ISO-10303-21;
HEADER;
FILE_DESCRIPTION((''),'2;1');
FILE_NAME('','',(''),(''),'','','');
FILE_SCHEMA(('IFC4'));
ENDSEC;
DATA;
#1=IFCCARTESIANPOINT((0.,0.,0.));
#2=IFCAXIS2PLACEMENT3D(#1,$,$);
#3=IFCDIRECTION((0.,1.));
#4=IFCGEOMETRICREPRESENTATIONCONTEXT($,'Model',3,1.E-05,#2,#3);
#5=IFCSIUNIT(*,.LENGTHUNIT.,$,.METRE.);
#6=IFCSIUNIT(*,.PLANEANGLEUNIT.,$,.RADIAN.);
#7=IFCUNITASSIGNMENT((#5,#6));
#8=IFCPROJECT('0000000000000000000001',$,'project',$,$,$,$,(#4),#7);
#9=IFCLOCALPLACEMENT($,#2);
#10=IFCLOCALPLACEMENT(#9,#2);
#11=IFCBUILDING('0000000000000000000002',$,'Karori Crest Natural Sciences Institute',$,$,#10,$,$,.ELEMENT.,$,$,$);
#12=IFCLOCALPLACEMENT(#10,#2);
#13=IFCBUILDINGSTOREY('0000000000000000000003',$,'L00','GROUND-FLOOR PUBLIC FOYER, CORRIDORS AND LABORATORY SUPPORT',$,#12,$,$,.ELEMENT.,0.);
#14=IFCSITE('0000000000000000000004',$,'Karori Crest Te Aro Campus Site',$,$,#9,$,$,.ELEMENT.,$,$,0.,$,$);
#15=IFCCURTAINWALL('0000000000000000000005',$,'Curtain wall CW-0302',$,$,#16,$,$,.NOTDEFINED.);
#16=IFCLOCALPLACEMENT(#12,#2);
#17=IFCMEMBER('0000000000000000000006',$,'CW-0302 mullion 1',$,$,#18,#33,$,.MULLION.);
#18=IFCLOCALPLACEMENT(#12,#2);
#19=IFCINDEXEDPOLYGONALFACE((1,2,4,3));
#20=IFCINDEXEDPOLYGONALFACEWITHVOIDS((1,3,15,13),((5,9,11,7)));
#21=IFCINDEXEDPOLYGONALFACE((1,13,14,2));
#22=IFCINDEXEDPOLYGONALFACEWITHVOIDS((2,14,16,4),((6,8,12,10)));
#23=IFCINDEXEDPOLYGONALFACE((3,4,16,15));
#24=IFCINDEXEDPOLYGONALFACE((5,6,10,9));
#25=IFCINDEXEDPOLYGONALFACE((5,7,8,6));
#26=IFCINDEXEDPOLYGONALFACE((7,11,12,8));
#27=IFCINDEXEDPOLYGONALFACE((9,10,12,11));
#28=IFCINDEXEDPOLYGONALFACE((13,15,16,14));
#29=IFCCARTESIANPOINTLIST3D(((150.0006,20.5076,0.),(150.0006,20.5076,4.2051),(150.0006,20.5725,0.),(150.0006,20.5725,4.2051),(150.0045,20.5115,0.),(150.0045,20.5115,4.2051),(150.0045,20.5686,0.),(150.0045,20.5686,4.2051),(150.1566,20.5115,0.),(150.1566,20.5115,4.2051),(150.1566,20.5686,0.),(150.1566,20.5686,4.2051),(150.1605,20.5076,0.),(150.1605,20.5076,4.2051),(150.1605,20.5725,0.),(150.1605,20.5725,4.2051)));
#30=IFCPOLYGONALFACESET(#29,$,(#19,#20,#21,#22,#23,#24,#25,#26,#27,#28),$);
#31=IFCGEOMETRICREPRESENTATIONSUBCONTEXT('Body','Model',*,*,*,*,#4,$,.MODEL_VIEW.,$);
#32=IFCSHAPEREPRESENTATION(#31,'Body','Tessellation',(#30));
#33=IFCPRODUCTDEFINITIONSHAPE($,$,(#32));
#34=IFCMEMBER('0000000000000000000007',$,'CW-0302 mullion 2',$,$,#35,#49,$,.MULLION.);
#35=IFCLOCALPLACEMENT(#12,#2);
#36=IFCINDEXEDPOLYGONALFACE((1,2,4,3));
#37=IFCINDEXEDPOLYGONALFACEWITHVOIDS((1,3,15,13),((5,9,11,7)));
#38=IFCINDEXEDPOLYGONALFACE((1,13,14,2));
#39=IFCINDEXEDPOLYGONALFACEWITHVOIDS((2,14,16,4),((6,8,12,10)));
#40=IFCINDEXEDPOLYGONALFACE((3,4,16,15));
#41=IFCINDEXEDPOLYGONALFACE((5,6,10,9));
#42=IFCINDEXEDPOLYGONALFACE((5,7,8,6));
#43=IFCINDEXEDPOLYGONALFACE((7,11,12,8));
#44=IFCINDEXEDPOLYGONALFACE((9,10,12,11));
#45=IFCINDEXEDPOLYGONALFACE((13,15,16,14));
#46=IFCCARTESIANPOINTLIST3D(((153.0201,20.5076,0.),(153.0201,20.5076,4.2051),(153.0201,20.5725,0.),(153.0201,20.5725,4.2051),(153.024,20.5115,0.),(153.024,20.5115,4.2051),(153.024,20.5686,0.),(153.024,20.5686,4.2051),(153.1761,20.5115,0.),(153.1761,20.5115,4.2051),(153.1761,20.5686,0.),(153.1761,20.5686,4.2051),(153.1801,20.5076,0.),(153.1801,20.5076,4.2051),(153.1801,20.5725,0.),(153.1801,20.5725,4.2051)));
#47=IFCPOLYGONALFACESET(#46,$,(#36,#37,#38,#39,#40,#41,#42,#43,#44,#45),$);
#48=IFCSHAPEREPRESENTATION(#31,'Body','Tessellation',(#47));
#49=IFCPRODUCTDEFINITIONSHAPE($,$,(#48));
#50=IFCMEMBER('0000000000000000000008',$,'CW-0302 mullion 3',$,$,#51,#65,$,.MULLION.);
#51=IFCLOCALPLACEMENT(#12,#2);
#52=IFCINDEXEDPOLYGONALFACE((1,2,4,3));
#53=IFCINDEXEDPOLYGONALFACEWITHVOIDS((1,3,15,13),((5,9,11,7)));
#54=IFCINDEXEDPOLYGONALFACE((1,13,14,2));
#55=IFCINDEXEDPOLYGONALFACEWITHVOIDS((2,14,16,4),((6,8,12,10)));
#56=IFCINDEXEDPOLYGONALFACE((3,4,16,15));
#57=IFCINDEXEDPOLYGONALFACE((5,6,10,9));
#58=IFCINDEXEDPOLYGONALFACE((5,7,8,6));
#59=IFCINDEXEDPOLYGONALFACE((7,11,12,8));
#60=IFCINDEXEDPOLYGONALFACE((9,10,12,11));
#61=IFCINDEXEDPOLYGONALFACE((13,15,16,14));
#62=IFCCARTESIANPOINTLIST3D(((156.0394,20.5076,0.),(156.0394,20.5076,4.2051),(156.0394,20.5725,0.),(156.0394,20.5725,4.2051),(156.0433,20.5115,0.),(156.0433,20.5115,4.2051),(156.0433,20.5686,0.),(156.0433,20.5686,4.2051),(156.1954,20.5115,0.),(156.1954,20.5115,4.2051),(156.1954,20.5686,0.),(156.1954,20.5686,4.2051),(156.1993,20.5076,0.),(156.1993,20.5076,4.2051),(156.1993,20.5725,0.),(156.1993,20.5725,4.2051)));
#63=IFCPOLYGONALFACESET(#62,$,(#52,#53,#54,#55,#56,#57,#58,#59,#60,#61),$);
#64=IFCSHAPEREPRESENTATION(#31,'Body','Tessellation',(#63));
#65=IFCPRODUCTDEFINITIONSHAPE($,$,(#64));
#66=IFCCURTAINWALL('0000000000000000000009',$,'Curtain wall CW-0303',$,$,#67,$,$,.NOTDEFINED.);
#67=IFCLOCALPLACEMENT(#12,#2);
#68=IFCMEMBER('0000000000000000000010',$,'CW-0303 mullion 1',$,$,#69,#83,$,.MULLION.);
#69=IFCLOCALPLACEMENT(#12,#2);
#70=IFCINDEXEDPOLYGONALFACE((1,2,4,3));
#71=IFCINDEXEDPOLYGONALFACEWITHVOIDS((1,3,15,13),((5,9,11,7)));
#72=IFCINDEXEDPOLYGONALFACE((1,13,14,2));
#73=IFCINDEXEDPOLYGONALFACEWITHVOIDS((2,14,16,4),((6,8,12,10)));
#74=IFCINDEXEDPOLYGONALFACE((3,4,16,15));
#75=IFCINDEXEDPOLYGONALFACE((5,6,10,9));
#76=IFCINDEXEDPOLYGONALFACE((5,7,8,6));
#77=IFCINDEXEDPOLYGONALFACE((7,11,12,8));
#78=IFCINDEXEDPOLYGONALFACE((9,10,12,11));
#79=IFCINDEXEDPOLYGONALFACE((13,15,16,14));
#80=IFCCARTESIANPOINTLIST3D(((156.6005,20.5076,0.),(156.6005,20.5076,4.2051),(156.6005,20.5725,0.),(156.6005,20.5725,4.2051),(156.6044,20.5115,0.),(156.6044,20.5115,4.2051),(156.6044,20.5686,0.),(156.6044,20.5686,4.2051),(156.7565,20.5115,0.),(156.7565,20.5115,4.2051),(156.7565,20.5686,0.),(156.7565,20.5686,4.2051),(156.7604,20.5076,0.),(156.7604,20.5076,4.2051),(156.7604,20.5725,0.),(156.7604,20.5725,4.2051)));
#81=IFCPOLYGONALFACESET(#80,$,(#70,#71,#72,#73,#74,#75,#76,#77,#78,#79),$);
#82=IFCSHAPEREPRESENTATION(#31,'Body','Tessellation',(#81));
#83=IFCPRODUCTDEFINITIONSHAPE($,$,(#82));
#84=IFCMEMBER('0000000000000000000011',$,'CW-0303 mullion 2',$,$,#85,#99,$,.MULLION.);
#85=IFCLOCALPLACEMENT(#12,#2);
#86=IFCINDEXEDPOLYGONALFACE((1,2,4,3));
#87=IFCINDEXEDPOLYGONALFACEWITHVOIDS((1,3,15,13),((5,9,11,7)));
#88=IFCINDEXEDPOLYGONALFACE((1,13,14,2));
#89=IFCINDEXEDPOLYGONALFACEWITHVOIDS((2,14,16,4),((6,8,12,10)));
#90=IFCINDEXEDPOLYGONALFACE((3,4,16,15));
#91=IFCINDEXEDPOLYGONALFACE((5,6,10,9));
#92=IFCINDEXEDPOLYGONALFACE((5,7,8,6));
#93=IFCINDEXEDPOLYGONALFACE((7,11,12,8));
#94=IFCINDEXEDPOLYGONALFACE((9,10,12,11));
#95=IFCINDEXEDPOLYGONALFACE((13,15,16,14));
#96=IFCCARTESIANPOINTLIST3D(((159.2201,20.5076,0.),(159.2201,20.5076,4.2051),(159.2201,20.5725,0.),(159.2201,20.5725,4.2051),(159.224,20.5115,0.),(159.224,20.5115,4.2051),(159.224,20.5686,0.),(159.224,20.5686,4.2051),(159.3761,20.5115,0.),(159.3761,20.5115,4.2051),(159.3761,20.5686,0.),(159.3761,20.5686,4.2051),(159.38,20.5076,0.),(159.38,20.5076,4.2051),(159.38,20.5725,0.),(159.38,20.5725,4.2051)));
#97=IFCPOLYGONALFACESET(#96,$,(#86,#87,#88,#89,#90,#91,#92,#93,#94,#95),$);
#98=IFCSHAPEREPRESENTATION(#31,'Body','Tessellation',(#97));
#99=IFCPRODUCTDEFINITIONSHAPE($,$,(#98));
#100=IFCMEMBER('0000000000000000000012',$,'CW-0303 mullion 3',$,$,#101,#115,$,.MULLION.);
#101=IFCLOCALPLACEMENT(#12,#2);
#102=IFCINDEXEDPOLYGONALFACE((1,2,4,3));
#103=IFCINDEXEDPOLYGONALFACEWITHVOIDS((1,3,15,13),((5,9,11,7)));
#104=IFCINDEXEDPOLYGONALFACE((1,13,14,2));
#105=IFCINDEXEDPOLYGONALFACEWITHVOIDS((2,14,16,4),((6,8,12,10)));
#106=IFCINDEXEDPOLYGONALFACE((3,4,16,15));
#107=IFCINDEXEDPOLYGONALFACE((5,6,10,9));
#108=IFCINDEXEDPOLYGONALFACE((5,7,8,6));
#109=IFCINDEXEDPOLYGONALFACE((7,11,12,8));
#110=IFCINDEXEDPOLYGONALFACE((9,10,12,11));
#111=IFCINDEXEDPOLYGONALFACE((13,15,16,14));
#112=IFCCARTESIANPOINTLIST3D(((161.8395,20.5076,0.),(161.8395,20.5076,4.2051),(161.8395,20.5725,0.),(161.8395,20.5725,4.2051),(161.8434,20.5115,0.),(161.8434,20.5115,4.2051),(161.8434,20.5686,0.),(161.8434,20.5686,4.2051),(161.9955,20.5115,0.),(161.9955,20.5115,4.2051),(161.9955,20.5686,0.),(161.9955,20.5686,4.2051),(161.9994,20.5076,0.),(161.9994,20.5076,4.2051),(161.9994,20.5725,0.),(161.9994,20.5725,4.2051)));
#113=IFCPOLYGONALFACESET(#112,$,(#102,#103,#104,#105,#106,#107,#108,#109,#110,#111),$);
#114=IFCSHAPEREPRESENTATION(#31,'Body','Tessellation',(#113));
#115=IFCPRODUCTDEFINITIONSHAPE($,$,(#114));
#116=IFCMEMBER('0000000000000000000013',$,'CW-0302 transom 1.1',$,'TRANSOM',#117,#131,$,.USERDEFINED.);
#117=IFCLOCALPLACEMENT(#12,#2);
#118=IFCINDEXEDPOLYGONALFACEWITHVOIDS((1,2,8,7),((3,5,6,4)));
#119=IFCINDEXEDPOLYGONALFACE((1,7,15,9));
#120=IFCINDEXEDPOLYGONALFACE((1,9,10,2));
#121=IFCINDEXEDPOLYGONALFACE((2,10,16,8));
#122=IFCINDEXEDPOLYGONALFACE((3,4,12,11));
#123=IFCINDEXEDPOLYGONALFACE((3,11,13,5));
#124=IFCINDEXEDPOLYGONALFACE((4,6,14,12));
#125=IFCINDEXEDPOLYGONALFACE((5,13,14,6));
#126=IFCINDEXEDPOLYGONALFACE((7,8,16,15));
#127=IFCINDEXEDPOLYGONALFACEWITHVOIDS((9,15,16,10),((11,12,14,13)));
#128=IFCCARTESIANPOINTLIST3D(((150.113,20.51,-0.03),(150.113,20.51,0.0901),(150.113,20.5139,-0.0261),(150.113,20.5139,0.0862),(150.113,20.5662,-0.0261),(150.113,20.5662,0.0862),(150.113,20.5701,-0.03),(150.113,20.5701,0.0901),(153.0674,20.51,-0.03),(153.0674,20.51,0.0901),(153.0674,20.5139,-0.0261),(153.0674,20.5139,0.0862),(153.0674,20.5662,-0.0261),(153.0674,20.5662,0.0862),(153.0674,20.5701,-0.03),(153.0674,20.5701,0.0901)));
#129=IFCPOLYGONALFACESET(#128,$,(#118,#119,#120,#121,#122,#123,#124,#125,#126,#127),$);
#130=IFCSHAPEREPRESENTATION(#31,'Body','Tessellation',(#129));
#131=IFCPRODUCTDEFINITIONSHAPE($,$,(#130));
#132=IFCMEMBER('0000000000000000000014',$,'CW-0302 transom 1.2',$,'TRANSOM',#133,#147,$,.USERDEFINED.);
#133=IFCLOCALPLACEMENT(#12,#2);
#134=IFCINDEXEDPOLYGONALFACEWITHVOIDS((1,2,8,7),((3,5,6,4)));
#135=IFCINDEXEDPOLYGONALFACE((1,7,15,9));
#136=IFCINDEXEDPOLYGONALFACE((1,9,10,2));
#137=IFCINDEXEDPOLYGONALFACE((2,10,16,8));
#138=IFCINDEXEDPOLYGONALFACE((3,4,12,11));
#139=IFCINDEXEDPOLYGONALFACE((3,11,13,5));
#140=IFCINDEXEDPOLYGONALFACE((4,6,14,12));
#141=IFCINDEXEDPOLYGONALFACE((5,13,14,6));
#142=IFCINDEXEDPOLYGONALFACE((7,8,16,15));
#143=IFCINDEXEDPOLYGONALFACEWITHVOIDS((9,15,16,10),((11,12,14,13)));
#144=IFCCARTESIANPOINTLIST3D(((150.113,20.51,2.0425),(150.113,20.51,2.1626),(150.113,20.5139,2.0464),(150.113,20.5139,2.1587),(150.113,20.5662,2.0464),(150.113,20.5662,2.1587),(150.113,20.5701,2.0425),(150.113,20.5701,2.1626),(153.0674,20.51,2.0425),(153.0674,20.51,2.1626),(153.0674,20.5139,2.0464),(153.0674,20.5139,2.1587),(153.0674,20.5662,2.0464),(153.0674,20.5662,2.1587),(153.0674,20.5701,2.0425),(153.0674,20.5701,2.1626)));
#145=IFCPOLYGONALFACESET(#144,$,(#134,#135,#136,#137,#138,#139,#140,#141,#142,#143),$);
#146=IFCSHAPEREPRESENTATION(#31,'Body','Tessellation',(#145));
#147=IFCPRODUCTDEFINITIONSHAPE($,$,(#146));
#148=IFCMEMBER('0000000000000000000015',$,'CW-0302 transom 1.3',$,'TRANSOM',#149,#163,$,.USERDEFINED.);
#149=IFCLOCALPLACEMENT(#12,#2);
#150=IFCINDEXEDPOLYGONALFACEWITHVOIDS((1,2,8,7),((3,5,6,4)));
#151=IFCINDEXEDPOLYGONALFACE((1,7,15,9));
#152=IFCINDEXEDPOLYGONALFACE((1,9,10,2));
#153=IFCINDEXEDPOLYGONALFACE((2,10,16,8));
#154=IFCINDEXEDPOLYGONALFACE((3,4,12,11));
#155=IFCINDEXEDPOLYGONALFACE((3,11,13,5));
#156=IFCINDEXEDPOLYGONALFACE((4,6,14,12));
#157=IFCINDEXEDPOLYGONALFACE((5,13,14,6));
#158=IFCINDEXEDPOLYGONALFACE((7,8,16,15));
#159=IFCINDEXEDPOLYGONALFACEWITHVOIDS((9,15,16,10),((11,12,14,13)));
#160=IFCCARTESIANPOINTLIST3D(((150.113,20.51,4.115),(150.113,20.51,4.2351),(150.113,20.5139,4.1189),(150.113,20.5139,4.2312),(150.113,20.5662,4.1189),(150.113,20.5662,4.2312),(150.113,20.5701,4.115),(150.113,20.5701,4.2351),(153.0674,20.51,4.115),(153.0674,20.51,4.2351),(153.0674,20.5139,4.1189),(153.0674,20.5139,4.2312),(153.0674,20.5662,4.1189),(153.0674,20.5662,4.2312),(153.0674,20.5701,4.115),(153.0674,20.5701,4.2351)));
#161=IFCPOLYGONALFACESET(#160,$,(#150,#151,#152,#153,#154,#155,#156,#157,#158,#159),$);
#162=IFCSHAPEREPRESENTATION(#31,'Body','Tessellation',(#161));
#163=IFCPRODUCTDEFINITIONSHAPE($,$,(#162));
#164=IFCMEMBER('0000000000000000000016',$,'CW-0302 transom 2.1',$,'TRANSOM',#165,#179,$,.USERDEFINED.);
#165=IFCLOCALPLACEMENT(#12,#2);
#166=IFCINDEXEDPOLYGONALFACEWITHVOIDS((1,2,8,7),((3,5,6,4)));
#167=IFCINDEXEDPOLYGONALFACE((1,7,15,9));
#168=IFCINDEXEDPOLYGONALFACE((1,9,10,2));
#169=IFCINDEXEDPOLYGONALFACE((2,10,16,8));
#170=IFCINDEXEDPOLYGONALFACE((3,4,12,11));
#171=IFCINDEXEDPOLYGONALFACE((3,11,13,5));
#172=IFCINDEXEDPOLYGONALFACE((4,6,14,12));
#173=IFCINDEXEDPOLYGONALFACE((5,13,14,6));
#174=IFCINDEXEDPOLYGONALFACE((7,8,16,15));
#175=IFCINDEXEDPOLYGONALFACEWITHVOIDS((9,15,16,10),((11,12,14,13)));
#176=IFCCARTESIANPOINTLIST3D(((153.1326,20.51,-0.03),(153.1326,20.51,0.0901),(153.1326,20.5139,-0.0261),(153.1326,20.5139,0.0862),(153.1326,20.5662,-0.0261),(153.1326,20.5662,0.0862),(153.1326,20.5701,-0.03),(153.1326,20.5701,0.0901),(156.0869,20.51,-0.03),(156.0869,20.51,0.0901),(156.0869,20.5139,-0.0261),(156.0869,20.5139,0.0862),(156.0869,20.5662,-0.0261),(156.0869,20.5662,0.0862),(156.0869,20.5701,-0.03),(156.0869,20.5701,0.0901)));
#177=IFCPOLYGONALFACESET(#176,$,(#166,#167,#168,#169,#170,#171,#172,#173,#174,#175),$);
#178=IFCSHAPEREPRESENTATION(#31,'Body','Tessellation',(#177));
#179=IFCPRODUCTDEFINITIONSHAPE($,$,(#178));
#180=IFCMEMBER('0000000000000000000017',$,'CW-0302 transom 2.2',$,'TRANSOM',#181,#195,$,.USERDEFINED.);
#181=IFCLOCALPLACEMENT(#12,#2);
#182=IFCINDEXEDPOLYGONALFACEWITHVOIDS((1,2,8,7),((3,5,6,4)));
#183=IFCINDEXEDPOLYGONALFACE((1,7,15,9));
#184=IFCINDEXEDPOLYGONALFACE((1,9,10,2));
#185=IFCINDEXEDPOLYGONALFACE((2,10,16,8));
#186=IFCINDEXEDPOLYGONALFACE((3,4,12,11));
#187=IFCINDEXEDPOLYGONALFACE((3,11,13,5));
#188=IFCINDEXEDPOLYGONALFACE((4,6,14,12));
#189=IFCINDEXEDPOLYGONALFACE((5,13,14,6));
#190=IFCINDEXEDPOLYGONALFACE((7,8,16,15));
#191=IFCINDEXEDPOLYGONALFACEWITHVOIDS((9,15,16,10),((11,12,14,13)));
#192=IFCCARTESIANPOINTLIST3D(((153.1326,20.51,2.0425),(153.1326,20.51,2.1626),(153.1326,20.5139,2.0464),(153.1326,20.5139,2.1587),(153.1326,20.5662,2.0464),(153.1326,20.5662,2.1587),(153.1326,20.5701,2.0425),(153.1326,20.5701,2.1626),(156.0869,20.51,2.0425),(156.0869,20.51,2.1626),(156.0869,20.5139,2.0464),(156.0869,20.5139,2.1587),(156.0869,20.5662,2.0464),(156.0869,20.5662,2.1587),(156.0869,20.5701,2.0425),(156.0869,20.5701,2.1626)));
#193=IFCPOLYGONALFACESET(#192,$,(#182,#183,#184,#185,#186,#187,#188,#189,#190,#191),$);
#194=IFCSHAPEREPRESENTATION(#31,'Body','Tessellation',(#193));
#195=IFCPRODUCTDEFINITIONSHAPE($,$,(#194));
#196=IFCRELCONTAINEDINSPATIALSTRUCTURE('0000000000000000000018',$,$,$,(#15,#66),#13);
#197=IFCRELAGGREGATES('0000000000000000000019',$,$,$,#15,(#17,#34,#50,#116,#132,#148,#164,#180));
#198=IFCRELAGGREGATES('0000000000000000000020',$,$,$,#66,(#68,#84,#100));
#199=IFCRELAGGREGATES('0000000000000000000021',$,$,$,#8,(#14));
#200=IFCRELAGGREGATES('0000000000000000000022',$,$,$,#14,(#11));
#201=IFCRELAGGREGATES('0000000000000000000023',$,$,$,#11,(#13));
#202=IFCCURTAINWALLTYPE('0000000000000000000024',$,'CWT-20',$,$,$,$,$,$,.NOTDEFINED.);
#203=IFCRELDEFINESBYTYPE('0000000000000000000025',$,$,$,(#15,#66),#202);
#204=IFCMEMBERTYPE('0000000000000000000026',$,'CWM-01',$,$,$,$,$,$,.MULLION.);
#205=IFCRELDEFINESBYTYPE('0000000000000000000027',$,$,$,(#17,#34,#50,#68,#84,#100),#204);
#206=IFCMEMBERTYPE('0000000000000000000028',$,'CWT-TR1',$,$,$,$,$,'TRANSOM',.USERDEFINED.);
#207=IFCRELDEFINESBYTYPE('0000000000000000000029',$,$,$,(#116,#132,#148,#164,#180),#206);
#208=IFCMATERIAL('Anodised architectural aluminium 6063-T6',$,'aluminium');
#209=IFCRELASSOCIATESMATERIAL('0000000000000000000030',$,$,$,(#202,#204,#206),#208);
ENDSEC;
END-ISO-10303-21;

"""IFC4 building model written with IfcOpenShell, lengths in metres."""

from ifc_helpers import new_model, si_unit, direction, frame, origin, origin_2d, place, context, subcontext, project, spatial, hollow_rectangle, extrude, material, material_profile, profile_set, type_object, element, aggregate, save


model = new_model("IFC4")

# Units and contexts
model_context = context("Model", 3, precision=1e-05, world=origin(), true_north=direction((0.0, 1.0)))
body_context = subcontext(model_context, "Body", "Model", "MODEL_VIEW")
ifc_project = project(units=[si_unit("LENGTHUNIT", "METRE"), si_unit("PLANEANGLEUNIT", "RADIAN")], contexts=[model_context])

# Site, building, storey
site_placement = place(None, origin())
site = spatial("IfcSite", under=ifc_project, at=site_placement, Name="Karori Crest Te Aro Campus Site", CompositionType="ELEMENT", RefElevation=0.0)
building_placement = place(site_placement, origin())
building = spatial("IfcBuilding", under=site, at=building_placement, Name="Karori Crest Natural Sciences Institute", CompositionType="ELEMENT")
storey_placement = place(building_placement, origin())
storey = spatial("IfcBuildingStorey", under=building, at=storey_placement, Name="L00", Description="GROUND-FLOOR PUBLIC FOYER, CORRIDORS AND LABORATORY SUPPORT", CompositionType="ELEMENT", Elevation=0.0)

# Shared definitions
ifc_material_1 = material(Name="Anodised architectural aluminium 6063-T6", Category="aluminium")
curtain_wall_type = type_object("IfcCurtainWallType", Name="CWT-20", PredefinedType="NOTDEFINED", material=ifc_material_1)
ifc_material_profile_1 = material_profile(ifc_material_1, hollow_rectangle(XDim=0.0649, YDim=0.1599, WallThickness=0.0039, at=origin_2d()), Name="CWM160x65x4")
ifc_profile_set_1 = profile_set([ifc_material_profile_1], Name="Anodised architectural aluminium 6063-T6")
member_type_1 = type_object("IfcMemberType", Name="CWM-01", PredefinedType="MULLION", material=ifc_profile_set_1)

# Curtain walls, members
curtain_wall_1_placement = place(storey_placement, origin())
curtain_wall_1 = element("IfcCurtainWall", 1, at=curtain_wall_1_placement, inside=storey, type_object=curtain_wall_type, Name="Curtain wall CW-0302", PredefinedType="NOTDEFINED")
member_1_placement = place(storey_placement, frame((150.0806, 20.54, 0.0), z_axis=(0.0, 0.0, 1.0), x_axis=(0.0, 1.0, 0.0)))
member_1 = element("IfcMember", 2, at=member_1_placement, type_object=member_type_1, Name="CW-0302 mullion 1", PredefinedType="MULLION", context=body_context, shape_type="SweptSolid", body=[
    extrude(hollow_rectangle(XDim=0.0649, YDim=0.1599, WallThickness=0.0039, at=origin_2d()), origin(), (0.0, 0.0, 1.0), 4.2051),
])
member_2_placement = place(storey_placement, frame((153.1001, 20.54, 0.0), z_axis=(0.0, 0.0, 1.0), x_axis=(0.0, 1.0, 0.0)))
member_2 = element("IfcMember", 3, at=member_2_placement, type_object=member_type_1, Name="CW-0302 mullion 2", PredefinedType="MULLION", context=body_context, shape_type="SweptSolid", body=[
    extrude(hollow_rectangle(XDim=0.0649, YDim=0.1599, WallThickness=0.0039, at=origin_2d()), origin(), (0.0, 0.0, 1.0), 4.2051),
])
member_3_placement = place(storey_placement, frame((156.1194, 20.54, 0.0), z_axis=(0.0, 0.0, 1.0), x_axis=(0.0, 1.0, 0.0)))
member_3 = element("IfcMember", 4, at=member_3_placement, type_object=member_type_1, Name="CW-0302 mullion 3", PredefinedType="MULLION", context=body_context, shape_type="SweptSolid", body=[
    extrude(hollow_rectangle(XDim=0.0649, YDim=0.1599, WallThickness=0.0039, at=origin_2d()), origin(), (0.0, 0.0, 1.0), 4.2051),
])
curtain_wall_2_placement = place(storey_placement, origin())
curtain_wall_2 = element("IfcCurtainWall", 5, at=curtain_wall_2_placement, inside=storey, type_object=curtain_wall_type, Name="Curtain wall CW-0303", PredefinedType="NOTDEFINED")
member_4_placement = place(storey_placement, frame((156.6804, 20.54, 0.0), z_axis=(0.0, 0.0, 1.0), x_axis=(0.0, 1.0, 0.0)))
member_4 = element("IfcMember", 6, at=member_4_placement, type_object=member_type_1, Name="CW-0303 mullion 1", PredefinedType="MULLION", context=body_context, shape_type="SweptSolid", body=[
    extrude(hollow_rectangle(XDim=0.0649, YDim=0.1599, WallThickness=0.0039, at=origin_2d()), origin(), (0.0, 0.0, 1.0), 4.2051),
])
member_5_placement = place(storey_placement, frame((159.3, 20.54, 0.0), z_axis=(0.0, 0.0, 1.0), x_axis=(0.0, 1.0, 0.0)))
member_5 = element("IfcMember", 7, at=member_5_placement, type_object=member_type_1, Name="CW-0303 mullion 2", PredefinedType="MULLION", context=body_context, shape_type="SweptSolid", body=[
    extrude(hollow_rectangle(XDim=0.0649, YDim=0.1599, WallThickness=0.0039, at=origin_2d()), origin(), (0.0, 0.0, 1.0), 4.2051),
])
member_6_placement = place(storey_placement, frame((161.9194, 20.54, 0.0), z_axis=(0.0, 0.0, 1.0), x_axis=(0.0, 1.0, 0.0)))
member_6 = element("IfcMember", 8, at=member_6_placement, type_object=member_type_1, Name="CW-0303 mullion 3", PredefinedType="MULLION", context=body_context, shape_type="SweptSolid", body=[
    extrude(hollow_rectangle(XDim=0.0649, YDim=0.1599, WallThickness=0.0039, at=origin_2d()), origin(), (0.0, 0.0, 1.0), 4.2051),
])

# Members
ifc_material_profile_2 = material_profile(ifc_material_1, hollow_rectangle(XDim=0.0601, YDim=0.1201, WallThickness=0.0039, at=origin_2d()), Name="CWT120x60x4")
ifc_profile_set_2 = profile_set([ifc_material_profile_2], Name="Anodised architectural aluminium 6063-T6")
member_type_2 = type_object("IfcMemberType", Name="CWT-TR1", ElementType="TRANSOM", PredefinedType="USERDEFINED", material=ifc_profile_set_2)
member_7_placement = place(storey_placement, frame((150.113, 20.54, 0.03), z_axis=(1.0, 0.0, 0.0), x_axis=(0.0, 1.0, 0.0)))
member_7 = element("IfcMember", 9, at=member_7_placement, type_object=member_type_2, Name="CW-0302 transom 1.1", ObjectType="TRANSOM", PredefinedType="USERDEFINED", context=body_context, shape_type="SweptSolid", body=[
    extrude(hollow_rectangle(XDim=0.0601, YDim=0.1201, WallThickness=0.0039, at=origin_2d()), origin(), (0.0, 0.0, 1.0), 2.9543),
])
member_8_placement = place(storey_placement, frame((150.113, 20.54, 2.1025), z_axis=(1.0, 0.0, 0.0), x_axis=(0.0, 1.0, 0.0)))
member_8 = element("IfcMember", 10, at=member_8_placement, type_object=member_type_2, Name="CW-0302 transom 1.2", ObjectType="TRANSOM", PredefinedType="USERDEFINED", context=body_context, shape_type="SweptSolid", body=[
    extrude(hollow_rectangle(XDim=0.0601, YDim=0.1201, WallThickness=0.0039, at=origin_2d()), origin(), (0.0, 0.0, 1.0), 2.9543),
])
member_9_placement = place(storey_placement, frame((150.113, 20.54, 4.175), z_axis=(1.0, 0.0, 0.0), x_axis=(0.0, 1.0, 0.0)))
member_9 = element("IfcMember", 11, at=member_9_placement, type_object=member_type_2, Name="CW-0302 transom 1.3", ObjectType="TRANSOM", PredefinedType="USERDEFINED", context=body_context, shape_type="SweptSolid", body=[
    extrude(hollow_rectangle(XDim=0.0601, YDim=0.1201, WallThickness=0.0039, at=origin_2d()), origin(), (0.0, 0.0, 1.0), 2.9543),
])
member_10_placement = place(storey_placement, frame((153.1326, 20.54, 0.03), z_axis=(1.0, 0.0, 0.0), x_axis=(0.0, 1.0, 0.0)))
member_10 = element("IfcMember", 12, at=member_10_placement, type_object=member_type_2, Name="CW-0302 transom 2.1", ObjectType="TRANSOM", PredefinedType="USERDEFINED", context=body_context, shape_type="SweptSolid", body=[
    extrude(hollow_rectangle(XDim=0.0601, YDim=0.1201, WallThickness=0.0039, at=origin_2d()), origin(), (0.0, 0.0, 1.0), 2.9543),
])
member_11_placement = place(storey_placement, frame((153.1326, 20.54, 2.1025), z_axis=(1.0, 0.0, 0.0), x_axis=(0.0, 1.0, 0.0)))
member_11 = element("IfcMember", 13, at=member_11_placement, type_object=member_type_2, Name="CW-0302 transom 2.2", ObjectType="TRANSOM", PredefinedType="USERDEFINED", context=body_context, shape_type="SweptSolid", body=[
    extrude(hollow_rectangle(XDim=0.0601, YDim=0.1201, WallThickness=0.0039, at=origin_2d()), origin(), (0.0, 0.0, 1.0), 2.9543),
])

aggregate(curtain_wall_1, [member_1, member_2, member_3, member_7, member_8, member_9, member_10, member_11])
aggregate(curtain_wall_2, [member_4, member_5, member_6])

save(model, "model.ifc")
